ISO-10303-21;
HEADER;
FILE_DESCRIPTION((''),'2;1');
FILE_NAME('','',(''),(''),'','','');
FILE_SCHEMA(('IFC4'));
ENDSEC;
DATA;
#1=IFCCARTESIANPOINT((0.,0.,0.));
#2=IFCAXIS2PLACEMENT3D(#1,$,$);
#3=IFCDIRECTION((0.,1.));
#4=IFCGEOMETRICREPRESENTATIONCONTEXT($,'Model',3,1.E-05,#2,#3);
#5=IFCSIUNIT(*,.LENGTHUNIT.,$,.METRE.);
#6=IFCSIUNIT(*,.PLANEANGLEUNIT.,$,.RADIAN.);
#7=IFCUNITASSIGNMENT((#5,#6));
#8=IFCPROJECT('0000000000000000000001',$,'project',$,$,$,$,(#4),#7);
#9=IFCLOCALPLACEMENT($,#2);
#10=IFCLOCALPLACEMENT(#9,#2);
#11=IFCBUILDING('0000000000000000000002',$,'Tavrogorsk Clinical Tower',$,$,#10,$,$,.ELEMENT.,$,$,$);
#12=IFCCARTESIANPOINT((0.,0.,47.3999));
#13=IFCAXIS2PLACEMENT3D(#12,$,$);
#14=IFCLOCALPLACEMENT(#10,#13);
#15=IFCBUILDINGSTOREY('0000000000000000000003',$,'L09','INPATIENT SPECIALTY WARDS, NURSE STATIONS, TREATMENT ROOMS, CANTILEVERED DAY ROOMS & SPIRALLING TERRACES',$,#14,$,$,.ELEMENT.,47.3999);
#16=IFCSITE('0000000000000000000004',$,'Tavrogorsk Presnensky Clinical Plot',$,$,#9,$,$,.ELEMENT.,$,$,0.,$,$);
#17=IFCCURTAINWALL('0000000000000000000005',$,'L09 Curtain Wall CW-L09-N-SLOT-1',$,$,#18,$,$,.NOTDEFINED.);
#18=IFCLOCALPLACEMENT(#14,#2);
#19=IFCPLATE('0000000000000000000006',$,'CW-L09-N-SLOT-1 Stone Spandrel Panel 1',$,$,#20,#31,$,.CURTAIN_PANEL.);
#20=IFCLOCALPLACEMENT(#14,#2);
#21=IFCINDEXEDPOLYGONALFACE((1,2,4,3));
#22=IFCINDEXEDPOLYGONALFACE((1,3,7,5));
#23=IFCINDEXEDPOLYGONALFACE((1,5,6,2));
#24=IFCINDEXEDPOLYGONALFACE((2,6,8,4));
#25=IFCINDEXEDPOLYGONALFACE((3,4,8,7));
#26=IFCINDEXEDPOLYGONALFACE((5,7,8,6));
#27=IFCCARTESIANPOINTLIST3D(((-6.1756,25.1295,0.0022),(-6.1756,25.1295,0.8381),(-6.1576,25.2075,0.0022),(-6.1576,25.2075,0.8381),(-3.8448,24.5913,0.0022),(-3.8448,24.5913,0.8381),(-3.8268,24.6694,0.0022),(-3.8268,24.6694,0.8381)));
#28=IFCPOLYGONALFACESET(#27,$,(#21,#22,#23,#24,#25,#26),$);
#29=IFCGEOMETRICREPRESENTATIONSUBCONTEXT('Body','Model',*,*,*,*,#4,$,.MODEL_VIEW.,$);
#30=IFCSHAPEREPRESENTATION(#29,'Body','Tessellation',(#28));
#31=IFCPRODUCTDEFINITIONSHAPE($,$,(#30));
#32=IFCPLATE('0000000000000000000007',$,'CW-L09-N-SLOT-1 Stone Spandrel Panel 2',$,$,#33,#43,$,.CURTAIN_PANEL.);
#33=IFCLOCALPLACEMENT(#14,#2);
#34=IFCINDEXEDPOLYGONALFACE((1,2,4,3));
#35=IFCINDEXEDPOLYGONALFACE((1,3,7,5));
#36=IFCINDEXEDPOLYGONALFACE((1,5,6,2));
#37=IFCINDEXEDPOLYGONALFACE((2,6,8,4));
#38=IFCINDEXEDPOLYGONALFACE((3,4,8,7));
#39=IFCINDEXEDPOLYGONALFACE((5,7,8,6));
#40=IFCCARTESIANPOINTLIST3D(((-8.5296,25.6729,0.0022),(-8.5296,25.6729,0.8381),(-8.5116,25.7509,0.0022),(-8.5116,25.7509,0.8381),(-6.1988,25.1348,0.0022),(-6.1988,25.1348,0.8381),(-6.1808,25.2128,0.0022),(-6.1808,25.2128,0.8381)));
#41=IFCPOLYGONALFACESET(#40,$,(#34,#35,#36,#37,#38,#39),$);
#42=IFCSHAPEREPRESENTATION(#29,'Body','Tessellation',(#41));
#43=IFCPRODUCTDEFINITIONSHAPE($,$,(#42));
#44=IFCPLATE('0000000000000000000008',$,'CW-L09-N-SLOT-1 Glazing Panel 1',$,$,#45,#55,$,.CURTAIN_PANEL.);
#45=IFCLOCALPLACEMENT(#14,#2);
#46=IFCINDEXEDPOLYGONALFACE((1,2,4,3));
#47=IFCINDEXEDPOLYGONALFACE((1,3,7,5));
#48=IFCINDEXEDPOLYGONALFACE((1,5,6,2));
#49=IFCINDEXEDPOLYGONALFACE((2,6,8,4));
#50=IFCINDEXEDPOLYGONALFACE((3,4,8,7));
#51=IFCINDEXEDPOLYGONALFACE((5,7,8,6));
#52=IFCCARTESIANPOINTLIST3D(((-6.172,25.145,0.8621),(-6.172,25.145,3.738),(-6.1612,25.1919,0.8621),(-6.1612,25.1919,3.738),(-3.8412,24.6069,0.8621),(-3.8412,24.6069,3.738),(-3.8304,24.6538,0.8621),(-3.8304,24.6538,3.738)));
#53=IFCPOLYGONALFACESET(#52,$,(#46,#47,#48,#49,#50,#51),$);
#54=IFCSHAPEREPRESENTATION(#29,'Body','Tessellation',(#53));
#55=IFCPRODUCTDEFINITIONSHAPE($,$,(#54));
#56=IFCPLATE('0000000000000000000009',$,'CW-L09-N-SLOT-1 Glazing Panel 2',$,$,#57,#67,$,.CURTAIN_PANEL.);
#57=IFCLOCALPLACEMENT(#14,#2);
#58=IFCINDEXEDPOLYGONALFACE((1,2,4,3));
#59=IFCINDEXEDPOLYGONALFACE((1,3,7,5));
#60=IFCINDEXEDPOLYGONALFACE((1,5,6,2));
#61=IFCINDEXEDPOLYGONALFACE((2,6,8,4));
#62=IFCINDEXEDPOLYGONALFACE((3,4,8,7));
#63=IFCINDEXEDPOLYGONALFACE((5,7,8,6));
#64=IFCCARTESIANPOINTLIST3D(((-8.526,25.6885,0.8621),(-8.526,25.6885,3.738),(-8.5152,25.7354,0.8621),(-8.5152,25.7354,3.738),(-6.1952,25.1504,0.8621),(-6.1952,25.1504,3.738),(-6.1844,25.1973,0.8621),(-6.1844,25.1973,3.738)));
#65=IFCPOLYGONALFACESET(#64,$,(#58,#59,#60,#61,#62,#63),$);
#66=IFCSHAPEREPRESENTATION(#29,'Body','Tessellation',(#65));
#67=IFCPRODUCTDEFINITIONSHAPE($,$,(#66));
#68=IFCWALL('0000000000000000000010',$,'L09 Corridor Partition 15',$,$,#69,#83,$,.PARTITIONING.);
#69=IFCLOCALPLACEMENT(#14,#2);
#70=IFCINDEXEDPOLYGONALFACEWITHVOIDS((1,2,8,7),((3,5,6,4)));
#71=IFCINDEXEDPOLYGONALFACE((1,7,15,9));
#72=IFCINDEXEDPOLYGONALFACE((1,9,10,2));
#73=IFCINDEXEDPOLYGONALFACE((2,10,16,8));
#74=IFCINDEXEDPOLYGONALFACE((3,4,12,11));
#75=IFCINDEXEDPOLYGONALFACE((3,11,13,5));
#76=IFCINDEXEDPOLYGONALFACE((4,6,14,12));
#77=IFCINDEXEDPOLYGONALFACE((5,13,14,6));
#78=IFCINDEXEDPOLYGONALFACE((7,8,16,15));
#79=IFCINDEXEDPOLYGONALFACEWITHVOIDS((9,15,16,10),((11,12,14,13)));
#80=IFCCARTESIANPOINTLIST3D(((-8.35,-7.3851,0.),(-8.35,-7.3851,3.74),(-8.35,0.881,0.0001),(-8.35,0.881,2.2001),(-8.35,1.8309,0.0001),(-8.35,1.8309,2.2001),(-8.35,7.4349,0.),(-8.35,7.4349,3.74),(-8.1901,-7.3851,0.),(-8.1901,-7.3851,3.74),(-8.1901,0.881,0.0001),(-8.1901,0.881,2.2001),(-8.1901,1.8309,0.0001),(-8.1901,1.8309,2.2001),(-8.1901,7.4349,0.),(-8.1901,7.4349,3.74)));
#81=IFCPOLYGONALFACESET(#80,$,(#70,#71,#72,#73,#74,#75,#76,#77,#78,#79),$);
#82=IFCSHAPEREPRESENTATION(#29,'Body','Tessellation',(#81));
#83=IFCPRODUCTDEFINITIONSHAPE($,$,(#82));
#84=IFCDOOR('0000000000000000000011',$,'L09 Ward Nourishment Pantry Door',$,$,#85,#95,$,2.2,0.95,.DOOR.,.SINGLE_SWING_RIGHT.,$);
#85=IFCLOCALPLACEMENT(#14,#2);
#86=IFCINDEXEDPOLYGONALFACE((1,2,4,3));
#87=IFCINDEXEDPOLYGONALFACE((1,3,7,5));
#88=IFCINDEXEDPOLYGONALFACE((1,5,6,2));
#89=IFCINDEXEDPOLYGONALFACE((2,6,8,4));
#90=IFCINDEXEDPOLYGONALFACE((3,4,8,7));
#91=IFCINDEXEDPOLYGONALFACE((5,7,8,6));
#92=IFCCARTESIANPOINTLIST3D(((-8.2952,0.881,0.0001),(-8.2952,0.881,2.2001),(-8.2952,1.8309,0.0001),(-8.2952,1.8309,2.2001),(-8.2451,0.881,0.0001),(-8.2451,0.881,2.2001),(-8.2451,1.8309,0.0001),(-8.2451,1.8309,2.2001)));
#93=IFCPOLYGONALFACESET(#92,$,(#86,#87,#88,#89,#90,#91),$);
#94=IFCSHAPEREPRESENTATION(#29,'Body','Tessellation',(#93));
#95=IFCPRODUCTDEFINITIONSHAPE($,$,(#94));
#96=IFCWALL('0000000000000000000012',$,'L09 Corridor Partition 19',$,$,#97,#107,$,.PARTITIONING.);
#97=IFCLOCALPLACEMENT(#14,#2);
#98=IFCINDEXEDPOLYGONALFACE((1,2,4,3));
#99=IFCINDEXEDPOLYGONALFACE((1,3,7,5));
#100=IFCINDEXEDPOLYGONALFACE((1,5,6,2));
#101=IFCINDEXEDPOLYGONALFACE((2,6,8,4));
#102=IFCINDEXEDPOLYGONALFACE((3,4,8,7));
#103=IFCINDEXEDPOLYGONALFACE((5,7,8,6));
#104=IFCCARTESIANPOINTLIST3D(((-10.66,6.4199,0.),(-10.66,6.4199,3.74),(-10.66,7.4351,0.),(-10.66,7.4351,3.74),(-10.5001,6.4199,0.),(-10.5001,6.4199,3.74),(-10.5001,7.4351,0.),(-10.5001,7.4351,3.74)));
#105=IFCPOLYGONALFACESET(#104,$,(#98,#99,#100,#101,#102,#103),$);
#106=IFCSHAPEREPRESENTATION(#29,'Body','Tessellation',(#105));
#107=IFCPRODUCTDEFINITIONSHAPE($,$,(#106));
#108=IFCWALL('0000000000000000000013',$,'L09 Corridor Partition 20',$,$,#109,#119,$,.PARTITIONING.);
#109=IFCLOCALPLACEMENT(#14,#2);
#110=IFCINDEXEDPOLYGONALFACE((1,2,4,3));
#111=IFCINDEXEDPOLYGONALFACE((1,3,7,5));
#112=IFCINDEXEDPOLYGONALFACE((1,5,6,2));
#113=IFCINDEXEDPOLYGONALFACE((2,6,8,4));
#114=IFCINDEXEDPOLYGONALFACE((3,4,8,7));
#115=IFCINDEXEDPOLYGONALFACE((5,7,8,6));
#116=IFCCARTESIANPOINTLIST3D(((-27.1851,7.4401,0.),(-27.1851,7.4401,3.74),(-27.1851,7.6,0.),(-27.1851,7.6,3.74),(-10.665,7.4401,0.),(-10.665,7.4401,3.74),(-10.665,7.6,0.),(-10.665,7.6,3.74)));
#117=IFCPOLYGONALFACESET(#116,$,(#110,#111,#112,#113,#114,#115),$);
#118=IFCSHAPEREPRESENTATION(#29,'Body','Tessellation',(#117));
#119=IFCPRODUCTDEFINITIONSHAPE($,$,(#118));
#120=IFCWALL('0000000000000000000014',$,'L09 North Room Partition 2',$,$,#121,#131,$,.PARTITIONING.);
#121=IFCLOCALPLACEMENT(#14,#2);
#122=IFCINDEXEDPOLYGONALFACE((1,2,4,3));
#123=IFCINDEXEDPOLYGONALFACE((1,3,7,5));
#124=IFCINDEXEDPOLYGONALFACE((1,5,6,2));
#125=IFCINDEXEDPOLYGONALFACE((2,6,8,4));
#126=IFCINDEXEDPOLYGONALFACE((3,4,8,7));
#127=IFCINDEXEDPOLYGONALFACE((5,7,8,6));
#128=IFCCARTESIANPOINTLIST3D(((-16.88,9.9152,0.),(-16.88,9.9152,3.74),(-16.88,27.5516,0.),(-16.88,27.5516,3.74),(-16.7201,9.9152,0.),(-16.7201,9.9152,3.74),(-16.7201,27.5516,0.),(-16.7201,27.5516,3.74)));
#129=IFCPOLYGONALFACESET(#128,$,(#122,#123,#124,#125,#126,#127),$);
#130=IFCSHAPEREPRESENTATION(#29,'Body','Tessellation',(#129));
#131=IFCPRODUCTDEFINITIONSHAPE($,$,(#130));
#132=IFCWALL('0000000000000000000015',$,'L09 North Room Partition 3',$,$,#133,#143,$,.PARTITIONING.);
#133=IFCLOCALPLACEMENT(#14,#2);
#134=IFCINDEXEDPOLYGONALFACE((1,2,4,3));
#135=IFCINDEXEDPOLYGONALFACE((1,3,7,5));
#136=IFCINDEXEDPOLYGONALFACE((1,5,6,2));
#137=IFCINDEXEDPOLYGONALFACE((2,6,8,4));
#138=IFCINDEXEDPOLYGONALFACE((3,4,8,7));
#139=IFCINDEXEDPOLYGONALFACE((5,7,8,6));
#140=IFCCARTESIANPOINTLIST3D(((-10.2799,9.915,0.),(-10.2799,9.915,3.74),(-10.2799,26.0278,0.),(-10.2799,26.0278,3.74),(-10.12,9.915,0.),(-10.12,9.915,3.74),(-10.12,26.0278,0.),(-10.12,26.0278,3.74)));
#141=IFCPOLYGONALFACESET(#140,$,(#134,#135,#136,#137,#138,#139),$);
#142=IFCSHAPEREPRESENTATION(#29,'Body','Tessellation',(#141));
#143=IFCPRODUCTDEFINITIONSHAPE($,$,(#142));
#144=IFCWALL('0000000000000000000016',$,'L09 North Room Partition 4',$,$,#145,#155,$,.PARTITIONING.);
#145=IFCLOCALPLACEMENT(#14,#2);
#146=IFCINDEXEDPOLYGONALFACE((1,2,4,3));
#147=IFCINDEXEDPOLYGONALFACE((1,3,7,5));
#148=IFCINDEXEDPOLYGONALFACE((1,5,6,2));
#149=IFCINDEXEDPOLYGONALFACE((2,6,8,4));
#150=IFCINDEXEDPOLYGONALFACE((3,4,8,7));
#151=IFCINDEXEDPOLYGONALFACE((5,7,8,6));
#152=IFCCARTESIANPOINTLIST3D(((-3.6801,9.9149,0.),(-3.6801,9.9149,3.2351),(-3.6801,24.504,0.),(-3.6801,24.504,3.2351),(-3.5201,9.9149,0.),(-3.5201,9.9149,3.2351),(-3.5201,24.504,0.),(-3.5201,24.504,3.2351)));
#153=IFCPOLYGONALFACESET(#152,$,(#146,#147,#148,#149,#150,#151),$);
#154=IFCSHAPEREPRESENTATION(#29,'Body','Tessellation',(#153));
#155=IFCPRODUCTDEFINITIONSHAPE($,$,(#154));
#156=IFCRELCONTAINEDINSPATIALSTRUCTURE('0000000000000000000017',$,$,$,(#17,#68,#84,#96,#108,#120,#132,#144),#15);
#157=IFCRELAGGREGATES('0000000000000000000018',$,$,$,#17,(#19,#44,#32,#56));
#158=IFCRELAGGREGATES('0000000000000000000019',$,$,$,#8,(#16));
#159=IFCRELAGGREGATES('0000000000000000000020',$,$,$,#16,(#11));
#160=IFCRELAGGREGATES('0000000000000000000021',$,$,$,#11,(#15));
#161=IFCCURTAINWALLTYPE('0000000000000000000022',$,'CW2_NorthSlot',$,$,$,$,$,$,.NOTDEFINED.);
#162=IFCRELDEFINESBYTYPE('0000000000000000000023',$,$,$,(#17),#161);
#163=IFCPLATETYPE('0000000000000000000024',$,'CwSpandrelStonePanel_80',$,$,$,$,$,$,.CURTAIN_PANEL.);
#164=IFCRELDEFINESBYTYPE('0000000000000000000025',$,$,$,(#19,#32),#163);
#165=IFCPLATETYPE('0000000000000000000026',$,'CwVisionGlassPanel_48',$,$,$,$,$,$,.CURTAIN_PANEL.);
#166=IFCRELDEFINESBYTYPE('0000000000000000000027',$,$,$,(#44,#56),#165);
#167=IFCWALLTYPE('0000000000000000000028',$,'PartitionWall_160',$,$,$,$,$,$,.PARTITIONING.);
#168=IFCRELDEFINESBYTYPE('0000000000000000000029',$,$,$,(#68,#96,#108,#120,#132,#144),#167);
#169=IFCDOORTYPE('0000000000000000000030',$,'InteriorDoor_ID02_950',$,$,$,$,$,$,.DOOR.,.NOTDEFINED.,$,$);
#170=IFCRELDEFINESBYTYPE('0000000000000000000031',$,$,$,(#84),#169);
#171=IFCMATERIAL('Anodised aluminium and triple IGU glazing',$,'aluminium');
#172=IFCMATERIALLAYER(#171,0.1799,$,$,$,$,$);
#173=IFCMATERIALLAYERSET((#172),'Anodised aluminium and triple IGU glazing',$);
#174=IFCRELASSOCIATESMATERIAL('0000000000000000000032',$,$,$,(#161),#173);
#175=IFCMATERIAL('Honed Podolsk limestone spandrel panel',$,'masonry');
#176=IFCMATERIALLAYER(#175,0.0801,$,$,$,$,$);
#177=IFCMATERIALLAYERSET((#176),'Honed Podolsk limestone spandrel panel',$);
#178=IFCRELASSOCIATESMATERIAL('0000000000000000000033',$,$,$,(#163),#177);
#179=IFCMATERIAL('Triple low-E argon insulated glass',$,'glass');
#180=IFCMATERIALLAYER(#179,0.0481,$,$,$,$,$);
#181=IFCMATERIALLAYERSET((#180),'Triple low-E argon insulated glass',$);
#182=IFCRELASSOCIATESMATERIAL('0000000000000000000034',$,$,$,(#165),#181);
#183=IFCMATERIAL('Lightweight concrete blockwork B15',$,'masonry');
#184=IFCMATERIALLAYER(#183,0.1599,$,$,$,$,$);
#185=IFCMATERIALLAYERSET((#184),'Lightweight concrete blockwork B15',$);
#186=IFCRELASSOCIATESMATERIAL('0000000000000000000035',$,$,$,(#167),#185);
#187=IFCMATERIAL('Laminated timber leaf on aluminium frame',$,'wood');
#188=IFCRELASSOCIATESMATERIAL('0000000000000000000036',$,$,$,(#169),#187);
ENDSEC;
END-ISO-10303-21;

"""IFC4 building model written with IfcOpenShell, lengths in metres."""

from ifc_helpers import new_model, si_unit, direction, frame, frame_2d, origin, origin_2d, place, context, subcontext, project, spatial, rectangle, extrude, material, layer, layer_set, type_object, element, fill, aggregate, save


model = new_model("IFC4")

# Units and contexts
model_context = context("Model", 3, precision=1e-05, world=origin(), true_north=direction((0.0, 1.0)))
body_context = subcontext(model_context, "Body", "Model", "MODEL_VIEW")
ifc_project = project(units=[si_unit("LENGTHUNIT", "METRE"), si_unit("PLANEANGLEUNIT", "RADIAN")], contexts=[model_context])

# Site, building, storey
site_placement = place(None, origin())
site = spatial("IfcSite", under=ifc_project, at=site_placement, Name="Tavrogorsk Presnensky Clinical Plot", CompositionType="ELEMENT", RefElevation=0.0)
building_placement = place(site_placement, origin())
building = spatial("IfcBuilding", under=site, at=building_placement, Name="Tavrogorsk Clinical Tower", CompositionType="ELEMENT")
storey_placement = place(building_placement, frame((0.0, 0.0, 47.3999)))
storey = spatial("IfcBuildingStorey", under=building, at=storey_placement, Name="L09", Description="INPATIENT SPECIALTY WARDS, NURSE STATIONS, TREATMENT ROOMS, CANTILEVERED DAY ROOMS & SPIRALLING TERRACES", CompositionType="ELEMENT", Elevation=47.3999)

# Curtain wall
ifc_material_1 = material(Name="Anodised aluminium and triple IGU glazing", Category="aluminium")
ifc_layer_1 = layer(ifc_material_1, 0.1799)
ifc_layer_set_1 = layer_set([ifc_layer_1], Name="Anodised aluminium and triple IGU glazing")
curtain_wall_type = type_object("IfcCurtainWallType", Name="CW2_NorthSlot", PredefinedType="NOTDEFINED", material=ifc_layer_set_1)
curtain_wall_placement = place(storey_placement, origin())
curtain_wall = element("IfcCurtainWall", 1, at=curtain_wall_placement, inside=storey, type_object=curtain_wall_type, Name="L09 Curtain Wall CW-L09-N-SLOT-1", PredefinedType="NOTDEFINED")

# Plates
ifc_material_2 = material(Name="Honed Podolsk limestone spandrel panel", Category="masonry")
ifc_layer_2 = layer(ifc_material_2, 0.0801)
ifc_layer_set_2 = layer_set([ifc_layer_2], Name="Honed Podolsk limestone spandrel panel")
plate_type_1 = type_object("IfcPlateType", Name="CwSpandrelStonePanel_80", PredefinedType="CURTAIN_PANEL", material=ifc_layer_set_2)
plate_1_placement = place(storey_placement, frame((-5.0012, 24.8994, 0.0022), z_axis=(0.0, 0.0, 1.0), x_axis=(-0.97437, 0.224951, 0.0)))
plate_1 = element("IfcPlate", 2, at=plate_1_placement, type_object=plate_type_1, Name="CW-L09-N-SLOT-1 Stone Spandrel Panel 1", PredefinedType="CURTAIN_PANEL", context=body_context, shape_type="SweptSolid", body=[
    extrude(rectangle(XDim=2.3921, YDim=0.0801, at=origin_2d()), origin(), (0.0, 0.0, 1.0), 0.8359),
])
plate_2_placement = place(storey_placement, frame((-7.3552, 25.4429, 0.0022), z_axis=(0.0, 0.0, 1.0), x_axis=(-0.97437, 0.224951, 0.0)))
plate_2 = element("IfcPlate", 3, at=plate_2_placement, type_object=plate_type_1, Name="CW-L09-N-SLOT-1 Stone Spandrel Panel 2", PredefinedType="CURTAIN_PANEL", context=body_context, shape_type="SweptSolid", body=[
    extrude(rectangle(XDim=2.3921, YDim=0.0801, at=origin_2d()), origin(), (0.0, 0.0, 1.0), 0.8359),
])
ifc_material_3 = material(Name="Triple low-E argon insulated glass", Category="glass")
ifc_layer_3 = layer(ifc_material_3, 0.0481)
ifc_layer_set_3 = layer_set([ifc_layer_3], Name="Triple low-E argon insulated glass")
plate_type_2 = type_object("IfcPlateType", Name="CwVisionGlassPanel_48", PredefinedType="CURTAIN_PANEL", material=ifc_layer_set_3)
plate_3_placement = place(storey_placement, frame((-5.0012, 24.8994, 0.8621), z_axis=(0.0, 0.0, 1.0), x_axis=(-0.97437, 0.224951, 0.0)))
plate_3 = element("IfcPlate", 4, at=plate_3_placement, type_object=plate_type_2, Name="CW-L09-N-SLOT-1 Glazing Panel 1", PredefinedType="CURTAIN_PANEL", context=body_context, shape_type="SweptSolid", body=[
    extrude(rectangle(XDim=2.3921, YDim=0.0481, at=origin_2d()), origin(), (0.0, 0.0, 1.0), 2.876),
])
plate_4_placement = place(storey_placement, frame((-7.3552, 25.4429, 0.8621), z_axis=(0.0, 0.0, 1.0), x_axis=(-0.97437, 0.224951, 0.0)))
plate_4 = element("IfcPlate", 5, at=plate_4_placement, type_object=plate_type_2, Name="CW-L09-N-SLOT-1 Glazing Panel 2", PredefinedType="CURTAIN_PANEL", context=body_context, shape_type="SweptSolid", body=[
    extrude(rectangle(XDim=2.3921, YDim=0.0481, at=origin_2d()), origin(), (0.0, 0.0, 1.0), 2.876),
])
aggregate(curtain_wall, [plate_1, plate_3, plate_2, plate_4])

# Wall, opening, door
ifc_material_4 = material(Name="Lightweight concrete blockwork B15", Category="masonry")
ifc_layer_4 = layer(ifc_material_4, 0.1599)
ifc_layer_set_4 = layer_set([ifc_layer_4], Name="Lightweight concrete blockwork B15")
wall_type_1 = type_object("IfcWallType", Name="PartitionWall_160", PredefinedType="PARTITIONING", material=ifc_layer_set_4)
wall_1_placement = place(storey_placement, frame((-8.27, 7.4351, 0.0), z_axis=(0.0, 0.0, 1.0), x_axis=(0.0, -1.0, 0.0)))
wall_1 = element("IfcWall", 6, at=wall_1_placement, inside=storey, type_object=wall_type_1, Name="L09 Corridor Partition 15", PredefinedType="PARTITIONING", context=body_context, shape_type="SweptSolid", body=[
    extrude(rectangle(XDim=14.8201, YDim=0.1599, at=frame_2d((7.4102, 0.0))), origin(), (0.0, 0.0, 1.0), 3.74),
])
opening_1_placement = place(wall_1_placement, frame((5.604, 0.0, 0.0)))
opening_1 = element("IfcOpeningElement", 7, at=opening_1_placement, cuts=wall_1, PredefinedType="OPENING", context=body_context, shape_type="SweptSolid", body=[
    extrude(rectangle(XDim=0.95, YDim=2.2, at=frame_2d((0.4751, 1.1001))), frame((0.0, 0.0898, 0.0), z_axis=(0.0, -1.0, 0.0), x_axis=(1.0, 0.0, 0.0)), (0.0, 0.0, 1.0), 0.1799),
])
ifc_material_5 = material(Name="Laminated timber leaf on aluminium frame", Category="wood")
door_type = type_object("IfcDoorType", Name="InteriorDoor_ID02_950", OperationType="NOTDEFINED", PredefinedType="DOOR", material=ifc_material_5)
door_placement = place(opening_1_placement, origin())
door = element("IfcDoor", 8, at=door_placement, inside=storey, type_object=door_type, Name="L09 Ward Nourishment Pantry Door", OperationType="SINGLE_SWING_RIGHT", OverallHeight=2.2, OverallWidth=0.95, PredefinedType="DOOR", context=body_context, shape_type="SweptSolid", body=[
    extrude(rectangle(XDim=0.95, YDim=2.2, at=frame_2d((0.4751, 1.1001))), frame((0.0, 0.0249, 0.0), z_axis=(0.0, -1.0, 0.0), x_axis=(1.0, 0.0, 0.0)), (0.0, 0.0, 1.0), 0.05),
])
fill(opening_1, door)

# Walls
wall_2_placement = place(storey_placement, frame((-10.5801, 6.4199, 0.0), z_axis=(0.0, 0.0, 1.0), x_axis=(0.0, 1.0, 0.0)))
element("IfcWall", 9, at=wall_2_placement, inside=storey, type_object=wall_type_1, Name="L09 Corridor Partition 19", PredefinedType="PARTITIONING", context=body_context, shape_type="SweptSolid", body=[
    extrude(rectangle(XDim=1.0151, YDim=0.1599, at=frame_2d((0.5076, 0.0))), origin(), (0.0, 0.0, 1.0), 3.74),
])
wall_3_placement = place(storey_placement, frame((-10.665, 7.52, 0.0), z_axis=(0.0, 0.0, 1.0), x_axis=(-1.0, 0.0, 0.0)))
element("IfcWall", 10, at=wall_3_placement, inside=storey, type_object=wall_type_1, Name="L09 Corridor Partition 20", PredefinedType="PARTITIONING", context=body_context, shape_type="SweptSolid", body=[
    extrude(rectangle(XDim=16.52, YDim=0.1599, at=frame_2d((8.26, 0.0))), origin(), (0.0, 0.0, 1.0), 3.74),
])
wall_4_placement = place(storey_placement, frame((-16.8, 9.915, 0.0), z_axis=(0.0, 0.0, 1.0), x_axis=(0.0, 1.0, 0.0)))
element("IfcWall", 11, at=wall_4_placement, inside=storey, type_object=wall_type_1, Name="L09 North Room Partition 2", PredefinedType="PARTITIONING", context=body_context, shape_type="SweptSolid", body=[
    extrude(rectangle(XDim=17.6365, YDim=0.1599, at=frame_2d((8.8184, 0.0))), origin(), (0.0, 0.0, 1.0), 3.74),
])
wall_5_placement = place(storey_placement, frame((-10.2, 9.915, 0.0), z_axis=(0.0, 0.0, 1.0), x_axis=(0.0, 1.0, 0.0)))
element("IfcWall", 12, at=wall_5_placement, inside=storey, type_object=wall_type_1, Name="L09 North Room Partition 3", PredefinedType="PARTITIONING", context=body_context, shape_type="SweptSolid", body=[
    extrude(rectangle(XDim=16.1128, YDim=0.1599, at=frame_2d((8.0564, 0.0))), origin(), (0.0, 0.0, 1.0), 3.74),
])
wall_6_placement = place(storey_placement, frame((-3.6001, 9.915, 0.0), z_axis=(0.0, 0.0, 1.0), x_axis=(0.0, 1.0, 0.0)))
element("IfcWall", 13, at=wall_6_placement, inside=storey, type_object=wall_type_1, Name="L09 North Room Partition 4", PredefinedType="PARTITIONING", context=body_context, shape_type="SweptSolid", body=[
    extrude(rectangle(XDim=14.5891, YDim=0.1599, at=frame_2d((7.2944, 0.0))), origin(), (0.0, 0.0, 1.0), 3.2351),
])

save(model, "model.ifc")
